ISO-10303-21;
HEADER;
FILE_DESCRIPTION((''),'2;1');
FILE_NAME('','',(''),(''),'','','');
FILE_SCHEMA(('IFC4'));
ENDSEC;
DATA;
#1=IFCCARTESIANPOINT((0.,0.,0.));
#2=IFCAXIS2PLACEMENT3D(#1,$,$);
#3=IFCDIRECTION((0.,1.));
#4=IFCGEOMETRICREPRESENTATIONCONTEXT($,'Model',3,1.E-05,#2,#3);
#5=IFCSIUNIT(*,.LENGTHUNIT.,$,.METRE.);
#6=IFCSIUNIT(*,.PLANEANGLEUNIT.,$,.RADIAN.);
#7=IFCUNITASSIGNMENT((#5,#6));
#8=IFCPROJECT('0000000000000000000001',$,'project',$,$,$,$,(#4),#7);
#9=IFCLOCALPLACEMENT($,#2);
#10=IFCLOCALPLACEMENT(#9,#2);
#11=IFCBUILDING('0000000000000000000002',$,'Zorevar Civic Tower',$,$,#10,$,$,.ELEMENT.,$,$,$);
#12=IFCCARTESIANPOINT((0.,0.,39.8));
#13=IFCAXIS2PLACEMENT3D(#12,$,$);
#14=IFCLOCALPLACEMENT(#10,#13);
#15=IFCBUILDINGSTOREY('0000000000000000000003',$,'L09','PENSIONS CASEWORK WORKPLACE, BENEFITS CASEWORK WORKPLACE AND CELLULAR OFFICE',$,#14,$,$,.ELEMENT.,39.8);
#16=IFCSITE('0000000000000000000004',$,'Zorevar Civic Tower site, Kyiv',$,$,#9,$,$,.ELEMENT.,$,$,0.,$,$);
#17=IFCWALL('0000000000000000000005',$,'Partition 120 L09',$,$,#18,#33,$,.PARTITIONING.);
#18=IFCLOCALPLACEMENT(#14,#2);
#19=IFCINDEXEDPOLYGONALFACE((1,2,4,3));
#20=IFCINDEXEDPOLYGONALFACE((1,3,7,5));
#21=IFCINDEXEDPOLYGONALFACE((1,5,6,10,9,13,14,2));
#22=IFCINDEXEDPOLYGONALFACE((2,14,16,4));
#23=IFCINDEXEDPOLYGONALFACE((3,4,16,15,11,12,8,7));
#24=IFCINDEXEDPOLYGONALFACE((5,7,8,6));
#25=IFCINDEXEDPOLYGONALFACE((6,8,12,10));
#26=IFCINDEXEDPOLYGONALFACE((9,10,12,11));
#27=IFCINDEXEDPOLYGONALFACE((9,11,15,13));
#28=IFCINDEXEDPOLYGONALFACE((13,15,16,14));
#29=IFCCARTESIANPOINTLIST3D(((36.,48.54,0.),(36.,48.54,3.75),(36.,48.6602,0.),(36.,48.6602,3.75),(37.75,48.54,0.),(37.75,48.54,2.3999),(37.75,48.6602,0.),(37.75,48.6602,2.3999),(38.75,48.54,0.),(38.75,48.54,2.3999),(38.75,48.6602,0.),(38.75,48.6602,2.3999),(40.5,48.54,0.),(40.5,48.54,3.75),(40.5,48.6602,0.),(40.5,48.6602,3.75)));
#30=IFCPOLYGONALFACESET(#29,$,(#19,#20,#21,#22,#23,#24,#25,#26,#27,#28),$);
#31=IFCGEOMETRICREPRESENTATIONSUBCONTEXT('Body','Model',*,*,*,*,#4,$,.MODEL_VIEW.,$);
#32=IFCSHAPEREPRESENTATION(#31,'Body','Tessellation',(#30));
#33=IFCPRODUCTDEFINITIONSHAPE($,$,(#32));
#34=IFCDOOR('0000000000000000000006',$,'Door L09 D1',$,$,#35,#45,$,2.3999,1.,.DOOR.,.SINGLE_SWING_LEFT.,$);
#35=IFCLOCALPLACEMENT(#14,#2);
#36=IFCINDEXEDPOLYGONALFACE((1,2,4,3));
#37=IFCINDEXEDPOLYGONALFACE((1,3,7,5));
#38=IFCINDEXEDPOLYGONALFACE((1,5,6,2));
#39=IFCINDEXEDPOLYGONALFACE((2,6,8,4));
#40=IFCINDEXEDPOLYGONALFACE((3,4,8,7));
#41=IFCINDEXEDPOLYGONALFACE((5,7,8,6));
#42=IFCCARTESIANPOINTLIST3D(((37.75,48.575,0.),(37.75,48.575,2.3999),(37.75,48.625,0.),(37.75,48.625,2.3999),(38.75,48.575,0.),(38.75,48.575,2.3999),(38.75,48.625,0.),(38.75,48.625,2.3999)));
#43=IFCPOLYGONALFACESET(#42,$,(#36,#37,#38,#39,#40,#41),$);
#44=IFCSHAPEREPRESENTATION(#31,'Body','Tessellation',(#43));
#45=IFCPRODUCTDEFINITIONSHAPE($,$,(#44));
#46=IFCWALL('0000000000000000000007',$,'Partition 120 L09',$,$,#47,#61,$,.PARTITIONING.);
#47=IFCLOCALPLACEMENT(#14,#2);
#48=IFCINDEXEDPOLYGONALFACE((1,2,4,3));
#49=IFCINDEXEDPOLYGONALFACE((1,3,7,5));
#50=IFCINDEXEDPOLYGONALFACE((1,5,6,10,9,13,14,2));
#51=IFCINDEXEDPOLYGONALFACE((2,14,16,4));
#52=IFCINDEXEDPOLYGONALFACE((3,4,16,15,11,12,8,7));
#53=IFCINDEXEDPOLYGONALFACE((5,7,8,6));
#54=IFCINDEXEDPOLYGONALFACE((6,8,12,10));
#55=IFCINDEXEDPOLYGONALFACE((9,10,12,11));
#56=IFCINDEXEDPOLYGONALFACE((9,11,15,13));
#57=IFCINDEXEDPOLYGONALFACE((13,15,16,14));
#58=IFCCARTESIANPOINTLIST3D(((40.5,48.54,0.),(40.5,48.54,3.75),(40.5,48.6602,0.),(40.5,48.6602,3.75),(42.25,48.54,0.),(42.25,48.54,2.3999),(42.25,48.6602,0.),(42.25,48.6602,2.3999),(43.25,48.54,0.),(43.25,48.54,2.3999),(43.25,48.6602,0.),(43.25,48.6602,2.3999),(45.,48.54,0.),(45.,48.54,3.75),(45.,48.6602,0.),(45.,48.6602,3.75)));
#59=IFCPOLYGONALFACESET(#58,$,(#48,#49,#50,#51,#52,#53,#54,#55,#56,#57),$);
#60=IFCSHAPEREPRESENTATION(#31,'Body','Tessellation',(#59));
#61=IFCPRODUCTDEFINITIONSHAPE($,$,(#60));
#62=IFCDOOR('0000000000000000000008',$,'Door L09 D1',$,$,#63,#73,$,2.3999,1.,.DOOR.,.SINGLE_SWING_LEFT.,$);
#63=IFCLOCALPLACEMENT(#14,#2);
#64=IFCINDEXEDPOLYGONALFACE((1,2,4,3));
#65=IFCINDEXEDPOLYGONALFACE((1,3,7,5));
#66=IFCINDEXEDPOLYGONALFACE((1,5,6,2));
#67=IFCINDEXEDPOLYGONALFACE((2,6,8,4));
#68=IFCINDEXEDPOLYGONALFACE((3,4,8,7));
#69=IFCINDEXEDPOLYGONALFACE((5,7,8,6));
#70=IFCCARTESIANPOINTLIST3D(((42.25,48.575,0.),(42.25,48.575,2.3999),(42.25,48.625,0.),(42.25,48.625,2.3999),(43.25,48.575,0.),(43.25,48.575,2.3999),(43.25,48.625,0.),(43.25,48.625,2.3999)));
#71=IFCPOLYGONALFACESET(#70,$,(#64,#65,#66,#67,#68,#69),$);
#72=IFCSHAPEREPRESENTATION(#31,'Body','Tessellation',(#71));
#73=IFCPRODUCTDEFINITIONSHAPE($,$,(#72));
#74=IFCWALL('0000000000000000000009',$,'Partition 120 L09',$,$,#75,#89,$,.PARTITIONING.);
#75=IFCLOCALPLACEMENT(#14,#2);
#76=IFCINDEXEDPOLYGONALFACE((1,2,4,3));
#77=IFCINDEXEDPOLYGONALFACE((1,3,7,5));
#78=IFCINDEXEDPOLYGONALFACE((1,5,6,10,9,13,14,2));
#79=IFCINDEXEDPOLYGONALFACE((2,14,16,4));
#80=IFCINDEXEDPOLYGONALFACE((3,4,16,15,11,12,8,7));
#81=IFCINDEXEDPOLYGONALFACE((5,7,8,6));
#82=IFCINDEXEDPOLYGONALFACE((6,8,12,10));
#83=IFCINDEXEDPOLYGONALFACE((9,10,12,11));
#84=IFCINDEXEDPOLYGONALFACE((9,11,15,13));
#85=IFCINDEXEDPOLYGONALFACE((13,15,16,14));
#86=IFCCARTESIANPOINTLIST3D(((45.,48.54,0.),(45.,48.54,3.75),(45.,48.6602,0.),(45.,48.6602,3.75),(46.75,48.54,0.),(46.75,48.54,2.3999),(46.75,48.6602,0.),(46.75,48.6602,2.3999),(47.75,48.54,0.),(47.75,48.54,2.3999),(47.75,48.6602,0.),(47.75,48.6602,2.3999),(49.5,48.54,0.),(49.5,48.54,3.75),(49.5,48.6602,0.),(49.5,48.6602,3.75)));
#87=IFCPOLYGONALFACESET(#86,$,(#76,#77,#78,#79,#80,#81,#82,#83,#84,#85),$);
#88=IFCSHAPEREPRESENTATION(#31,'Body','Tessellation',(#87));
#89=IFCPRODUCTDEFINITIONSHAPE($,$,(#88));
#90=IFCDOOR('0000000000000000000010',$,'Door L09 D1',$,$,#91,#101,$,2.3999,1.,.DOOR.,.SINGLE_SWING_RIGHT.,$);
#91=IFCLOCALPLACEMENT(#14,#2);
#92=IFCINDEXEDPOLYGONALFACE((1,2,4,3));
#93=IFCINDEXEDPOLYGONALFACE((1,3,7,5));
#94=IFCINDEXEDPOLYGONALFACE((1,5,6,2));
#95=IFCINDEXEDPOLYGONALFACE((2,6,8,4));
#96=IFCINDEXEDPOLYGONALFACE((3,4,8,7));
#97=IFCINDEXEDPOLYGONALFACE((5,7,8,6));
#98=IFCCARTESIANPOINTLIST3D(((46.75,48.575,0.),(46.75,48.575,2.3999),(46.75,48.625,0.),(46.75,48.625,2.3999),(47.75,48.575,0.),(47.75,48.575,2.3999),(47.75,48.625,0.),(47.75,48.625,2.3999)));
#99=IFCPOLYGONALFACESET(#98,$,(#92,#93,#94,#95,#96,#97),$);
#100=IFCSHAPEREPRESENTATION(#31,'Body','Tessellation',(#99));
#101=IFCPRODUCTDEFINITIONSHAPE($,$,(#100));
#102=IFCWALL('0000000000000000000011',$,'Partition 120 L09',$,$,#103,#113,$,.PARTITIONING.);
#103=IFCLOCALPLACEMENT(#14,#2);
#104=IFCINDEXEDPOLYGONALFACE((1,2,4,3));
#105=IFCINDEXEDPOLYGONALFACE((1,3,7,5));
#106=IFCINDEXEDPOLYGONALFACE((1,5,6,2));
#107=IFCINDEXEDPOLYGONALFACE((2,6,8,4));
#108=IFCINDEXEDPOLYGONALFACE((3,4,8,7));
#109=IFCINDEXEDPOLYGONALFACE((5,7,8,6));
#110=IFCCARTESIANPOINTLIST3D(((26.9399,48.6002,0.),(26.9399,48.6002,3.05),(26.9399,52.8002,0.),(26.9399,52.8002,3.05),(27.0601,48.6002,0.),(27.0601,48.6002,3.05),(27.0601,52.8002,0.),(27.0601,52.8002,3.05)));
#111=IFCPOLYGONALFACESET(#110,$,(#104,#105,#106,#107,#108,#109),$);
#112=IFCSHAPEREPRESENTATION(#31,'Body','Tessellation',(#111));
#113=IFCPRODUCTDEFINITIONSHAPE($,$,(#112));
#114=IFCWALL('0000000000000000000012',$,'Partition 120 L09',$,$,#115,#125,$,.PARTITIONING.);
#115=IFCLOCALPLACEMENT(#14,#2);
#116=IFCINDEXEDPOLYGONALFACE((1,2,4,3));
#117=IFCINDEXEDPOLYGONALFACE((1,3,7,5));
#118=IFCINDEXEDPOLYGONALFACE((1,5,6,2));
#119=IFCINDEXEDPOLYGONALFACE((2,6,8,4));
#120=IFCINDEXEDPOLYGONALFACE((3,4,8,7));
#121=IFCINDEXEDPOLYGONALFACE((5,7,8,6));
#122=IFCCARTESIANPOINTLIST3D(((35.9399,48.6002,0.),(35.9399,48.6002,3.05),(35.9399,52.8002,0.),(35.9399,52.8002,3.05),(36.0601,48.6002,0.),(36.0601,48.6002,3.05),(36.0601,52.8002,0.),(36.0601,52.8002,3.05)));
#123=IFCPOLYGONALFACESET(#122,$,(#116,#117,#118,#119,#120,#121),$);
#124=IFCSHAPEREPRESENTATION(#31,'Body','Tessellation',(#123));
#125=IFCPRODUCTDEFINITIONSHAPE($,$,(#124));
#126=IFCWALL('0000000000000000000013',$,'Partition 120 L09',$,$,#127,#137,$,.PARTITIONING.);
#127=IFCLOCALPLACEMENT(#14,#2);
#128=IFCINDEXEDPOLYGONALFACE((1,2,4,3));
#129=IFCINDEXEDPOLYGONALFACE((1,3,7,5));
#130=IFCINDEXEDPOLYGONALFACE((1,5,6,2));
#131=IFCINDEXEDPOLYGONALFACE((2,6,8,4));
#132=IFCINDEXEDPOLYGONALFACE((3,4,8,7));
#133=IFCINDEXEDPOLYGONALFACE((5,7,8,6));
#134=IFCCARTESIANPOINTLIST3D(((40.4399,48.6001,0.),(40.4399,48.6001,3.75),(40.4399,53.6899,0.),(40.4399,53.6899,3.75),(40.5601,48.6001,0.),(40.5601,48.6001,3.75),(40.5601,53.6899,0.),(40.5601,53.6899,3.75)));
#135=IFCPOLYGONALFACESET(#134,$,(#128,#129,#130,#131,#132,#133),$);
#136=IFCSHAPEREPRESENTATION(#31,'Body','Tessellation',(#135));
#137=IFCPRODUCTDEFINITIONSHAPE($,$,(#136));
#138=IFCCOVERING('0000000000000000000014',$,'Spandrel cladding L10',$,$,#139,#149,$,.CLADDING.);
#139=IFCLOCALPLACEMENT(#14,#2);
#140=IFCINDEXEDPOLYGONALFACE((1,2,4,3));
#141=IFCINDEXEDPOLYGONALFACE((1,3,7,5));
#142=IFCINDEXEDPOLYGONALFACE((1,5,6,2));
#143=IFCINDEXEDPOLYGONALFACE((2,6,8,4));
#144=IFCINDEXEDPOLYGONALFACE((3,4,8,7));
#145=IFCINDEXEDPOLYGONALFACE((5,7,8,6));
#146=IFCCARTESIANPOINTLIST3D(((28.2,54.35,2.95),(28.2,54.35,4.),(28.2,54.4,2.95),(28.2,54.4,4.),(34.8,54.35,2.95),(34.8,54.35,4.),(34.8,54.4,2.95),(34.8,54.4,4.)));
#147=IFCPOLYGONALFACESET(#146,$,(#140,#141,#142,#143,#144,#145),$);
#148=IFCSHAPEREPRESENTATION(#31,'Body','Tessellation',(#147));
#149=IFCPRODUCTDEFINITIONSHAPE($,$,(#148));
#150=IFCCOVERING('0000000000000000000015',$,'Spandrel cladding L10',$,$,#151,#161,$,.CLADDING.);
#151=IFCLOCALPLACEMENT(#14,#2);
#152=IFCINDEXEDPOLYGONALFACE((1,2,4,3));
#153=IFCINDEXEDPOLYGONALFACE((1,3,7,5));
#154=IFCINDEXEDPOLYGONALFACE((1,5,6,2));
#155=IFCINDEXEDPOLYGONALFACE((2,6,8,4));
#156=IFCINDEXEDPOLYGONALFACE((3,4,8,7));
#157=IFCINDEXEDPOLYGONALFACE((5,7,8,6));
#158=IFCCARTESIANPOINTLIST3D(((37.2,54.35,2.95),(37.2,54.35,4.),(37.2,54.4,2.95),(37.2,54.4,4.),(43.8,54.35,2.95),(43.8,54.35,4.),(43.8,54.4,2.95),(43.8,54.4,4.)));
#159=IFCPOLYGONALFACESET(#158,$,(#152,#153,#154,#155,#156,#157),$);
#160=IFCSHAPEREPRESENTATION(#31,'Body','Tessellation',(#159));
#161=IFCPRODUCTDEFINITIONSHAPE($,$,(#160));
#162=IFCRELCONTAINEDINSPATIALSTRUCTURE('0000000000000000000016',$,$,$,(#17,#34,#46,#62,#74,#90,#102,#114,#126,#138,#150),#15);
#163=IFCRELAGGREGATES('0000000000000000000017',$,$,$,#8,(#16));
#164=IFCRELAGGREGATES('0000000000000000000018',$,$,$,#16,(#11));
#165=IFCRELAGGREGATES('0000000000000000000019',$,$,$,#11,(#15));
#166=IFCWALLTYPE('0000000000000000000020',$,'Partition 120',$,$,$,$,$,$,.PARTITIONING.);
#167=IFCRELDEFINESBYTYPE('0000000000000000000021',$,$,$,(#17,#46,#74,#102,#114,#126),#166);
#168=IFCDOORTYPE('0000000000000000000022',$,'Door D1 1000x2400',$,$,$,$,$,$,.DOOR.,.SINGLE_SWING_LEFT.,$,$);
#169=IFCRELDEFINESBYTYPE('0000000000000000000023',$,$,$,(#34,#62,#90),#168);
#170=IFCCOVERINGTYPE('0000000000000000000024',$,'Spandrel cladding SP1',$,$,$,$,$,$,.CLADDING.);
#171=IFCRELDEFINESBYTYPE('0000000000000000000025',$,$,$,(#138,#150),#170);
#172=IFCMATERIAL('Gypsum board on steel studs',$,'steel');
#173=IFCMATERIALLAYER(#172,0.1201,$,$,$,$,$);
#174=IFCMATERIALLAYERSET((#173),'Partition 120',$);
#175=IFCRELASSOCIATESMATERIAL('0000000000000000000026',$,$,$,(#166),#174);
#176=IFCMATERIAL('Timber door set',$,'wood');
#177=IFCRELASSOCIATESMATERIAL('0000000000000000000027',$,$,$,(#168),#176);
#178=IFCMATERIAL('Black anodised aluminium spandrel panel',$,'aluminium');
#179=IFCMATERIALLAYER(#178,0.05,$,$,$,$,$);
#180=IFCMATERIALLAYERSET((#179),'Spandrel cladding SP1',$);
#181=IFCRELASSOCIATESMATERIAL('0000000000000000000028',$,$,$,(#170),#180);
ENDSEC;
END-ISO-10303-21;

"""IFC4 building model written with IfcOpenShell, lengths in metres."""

from ifc_helpers import new_model, si_unit, direction, frame, frame_2d, origin, place, context, subcontext, project, spatial, rectangle, extrude, material, layer, layer_set, type_object, element, fill, save


model = new_model("IFC4")

# Units and contexts
model_context = context("Model", 3, precision=1e-05, world=origin(), true_north=direction((0.0, 1.0)))
body_context = subcontext(model_context, "Body", "Model", "MODEL_VIEW")
ifc_project = project(units=[si_unit("LENGTHUNIT", "METRE"), si_unit("PLANEANGLEUNIT", "RADIAN")], contexts=[model_context])

# Site, building, storey
site_placement = place(None, origin())
site = spatial("IfcSite", under=ifc_project, at=site_placement, Name="Zorevar Civic Tower site, Kyiv", CompositionType="ELEMENT", RefElevation=0.0)
building_placement = place(site_placement, origin())
building = spatial("IfcBuilding", under=site, at=building_placement, Name="Zorevar Civic Tower", CompositionType="ELEMENT")
storey_placement = place(building_placement, frame((0.0, 0.0, 39.8)))
storey = spatial("IfcBuildingStorey", under=building, at=storey_placement, Name="L09", Description="PENSIONS CASEWORK WORKPLACE, BENEFITS CASEWORK WORKPLACE AND CELLULAR OFFICE", CompositionType="ELEMENT", Elevation=39.8)

# Walls, openings, doors
ifc_material_1 = material(Name="Gypsum board on steel studs", Category="steel")
ifc_layer_1 = layer(ifc_material_1, 0.1201)
ifc_layer_set_1 = layer_set([ifc_layer_1], Name="Partition 120")
wall_type = type_object("IfcWallType", Name="Partition 120", PredefinedType="PARTITIONING", material=ifc_layer_set_1)
ifc_material_2 = material(Name="Timber door set", Category="wood")
door_type = type_object("IfcDoorType", Name="Door D1 1000x2400", OperationType="SINGLE_SWING_LEFT", PredefinedType="DOOR", material=ifc_material_2)
wall_1_placement = place(storey_placement, frame((36.0, 48.6001, 0.0), z_axis=(0.0, 0.0, 1.0), x_axis=(1.0, 0.0, 0.0)))
wall_1 = element("IfcWall", 1, at=wall_1_placement, inside=storey, type_object=wall_type, Name="Partition 120 L09", PredefinedType="PARTITIONING", context=body_context, shape_type="SweptSolid", body=[
    extrude(rectangle(XDim=4.5, YDim=0.1201, at=frame_2d((2.25, 0.0))), origin(), (0.0, 0.0, 1.0), 3.75),
])
opening_1_placement = place(wall_1_placement, frame((1.75, 0.0, 0.0)))
opening_1 = element("IfcOpeningElement", 2, at=opening_1_placement, cuts=wall_1, PredefinedType="OPENING", context=body_context, shape_type="SweptSolid", body=[
    extrude(rectangle(XDim=1.0, YDim=2.3999, at=frame_2d((0.5, 1.2))), frame((0.0, 0.0701, 0.0), z_axis=(0.0, -1.0, 0.0), x_axis=(1.0, 0.0, 0.0)), (0.0, 0.0, 1.0), 0.1401),
])
door_1_placement = place(opening_1_placement, origin())
door_1 = element("IfcDoor", 3, at=door_1_placement, inside=storey, type_object=door_type, Name="Door L09 D1", OperationType="SINGLE_SWING_LEFT", OverallHeight=2.3999, OverallWidth=1.0, PredefinedType="DOOR", context=body_context, shape_type="SweptSolid", body=[
    extrude(rectangle(XDim=1.0, YDim=2.3999, at=frame_2d((0.5, 1.2))), frame((0.0, 0.0249, 0.0), z_axis=(0.0, -1.0, 0.0), x_axis=(1.0, 0.0, 0.0)), (0.0, 0.0, 1.0), 0.05),
])
fill(opening_1, door_1)
wall_2_placement = place(storey_placement, frame((40.5, 48.6001, 0.0), z_axis=(0.0, 0.0, 1.0), x_axis=(1.0, 0.0, 0.0)))
wall_2 = element("IfcWall", 4, at=wall_2_placement, inside=storey, type_object=wall_type, Name="Partition 120 L09", PredefinedType="PARTITIONING", context=body_context, shape_type="SweptSolid", body=[
    extrude(rectangle(XDim=4.5, YDim=0.1201, at=frame_2d((2.25, 0.0))), origin(), (0.0, 0.0, 1.0), 3.75),
])
opening_2_placement = place(wall_2_placement, frame((1.75, 0.0, 0.0)))
opening_2 = element("IfcOpeningElement", 5, at=opening_2_placement, cuts=wall_2, PredefinedType="OPENING", context=body_context, shape_type="SweptSolid", body=[
    extrude(rectangle(XDim=1.0, YDim=2.3999, at=frame_2d((0.5, 1.2))), frame((0.0, 0.0701, 0.0), z_axis=(0.0, -1.0, 0.0), x_axis=(1.0, 0.0, 0.0)), (0.0, 0.0, 1.0), 0.1401),
])
door_2_placement = place(opening_2_placement, origin())
door_2 = element("IfcDoor", 6, at=door_2_placement, inside=storey, type_object=door_type, Name="Door L09 D1", OperationType="SINGLE_SWING_LEFT", OverallHeight=2.3999, OverallWidth=1.0, PredefinedType="DOOR", context=body_context, shape_type="SweptSolid", body=[
    extrude(rectangle(XDim=1.0, YDim=2.3999, at=frame_2d((0.5, 1.2))), frame((0.0, 0.0249, 0.0), z_axis=(0.0, -1.0, 0.0), x_axis=(1.0, 0.0, 0.0)), (0.0, 0.0, 1.0), 0.05),
])
fill(opening_2, door_2)
wall_3_placement = place(storey_placement, frame((45.0, 48.6001, 0.0), z_axis=(0.0, 0.0, 1.0), x_axis=(1.0, 0.0, 0.0)))
wall_3 = element("IfcWall", 7, at=wall_3_placement, inside=storey, type_object=wall_type, Name="Partition 120 L09", PredefinedType="PARTITIONING", context=body_context, shape_type="SweptSolid", body=[
    extrude(rectangle(XDim=4.5, YDim=0.1201, at=frame_2d((2.25, 0.0))), origin(), (0.0, 0.0, 1.0), 3.75),
])
opening_3_placement = place(wall_3_placement, frame((1.75, 0.0, 0.0)))
opening_3 = element("IfcOpeningElement", 8, at=opening_3_placement, cuts=wall_3, PredefinedType="OPENING", context=body_context, shape_type="SweptSolid", body=[
    extrude(rectangle(XDim=1.0, YDim=2.3999, at=frame_2d((0.5, 1.2))), frame((0.0, 0.0701, 0.0), z_axis=(0.0, -1.0, 0.0), x_axis=(1.0, 0.0, 0.0)), (0.0, 0.0, 1.0), 0.1401),
])
door_3_placement = place(opening_3_placement, origin())
door_3 = element("IfcDoor", 9, at=door_3_placement, inside=storey, type_object=door_type, Name="Door L09 D1", OperationType="SINGLE_SWING_RIGHT", OverallHeight=2.3999, OverallWidth=1.0, PredefinedType="DOOR", context=body_context, shape_type="SweptSolid", body=[
    extrude(rectangle(XDim=1.0, YDim=2.3999, at=frame_2d((0.5, 1.2))), frame((0.0, 0.0249, 0.0), z_axis=(0.0, -1.0, 0.0), x_axis=(1.0, 0.0, 0.0)), (0.0, 0.0, 1.0), 0.05),
])
fill(opening_3, door_3)

# Walls
for number, where, z_axis, x_axis, name in (
    (10, (27.0, 48.6001, 0.0), (0.0, 0.0, 1.0), (0.0, 1.0, 0.0), "Partition 120 L09"),
    (11, (36.0, 48.6001, 0.0), (0.0, 0.0, 1.0), (0.0, 1.0, 0.0), "Partition 120 L09"),
):
    element("IfcWall", number, at=place(storey_placement, frame(where, z_axis=z_axis, x_axis=x_axis)), inside=storey, type_object=wall_type, Name=name, PredefinedType="PARTITIONING", context=body_context, shape_type="SweptSolid", body=[
        extrude(rectangle(XDim=4.2, YDim=0.1201, at=frame_2d((2.1001, 0.0))), origin(), (0.0, 0.0, 1.0), 3.05),
    ])
wall_4_placement = place(storey_placement, frame((40.5, 48.6001, 0.0), z_axis=(0.0, 0.0, 1.0), x_axis=(0.0, 1.0, 0.0)))
element("IfcWall", 12, at=wall_4_placement, inside=storey, type_object=wall_type, Name="Partition 120 L09", PredefinedType="PARTITIONING", context=body_context, shape_type="SweptSolid", body=[
    extrude(rectangle(XDim=5.0898, YDim=0.1201, at=frame_2d((2.5449, 0.0))), origin(), (0.0, 0.0, 1.0), 3.75),
])

# Coverings
ifc_material_3 = material(Name="Black anodised aluminium spandrel panel", Category="aluminium")
ifc_layer_2 = layer(ifc_material_3, 0.05)
ifc_layer_set_2 = layer_set([ifc_layer_2], Name="Spandrel cladding SP1")
covering_type = type_object("IfcCoveringType", Name="Spandrel cladding SP1", PredefinedType="CLADDING", material=ifc_layer_set_2)
for number, where, z_axis, x_axis, name in (
    (13, (28.2, 54.375, 2.95), (0.0, 0.0, 1.0), (1.0, 0.0, 0.0), "Spandrel cladding L10"),
    (14, (37.2, 54.375, 2.95), (0.0, 0.0, 1.0), (1.0, 0.0, 0.0), "Spandrel cladding L10"),
):
    element("IfcCovering", number, at=place(storey_placement, frame(where, z_axis=z_axis, x_axis=x_axis)), inside=storey, type_object=covering_type, Name=name, PredefinedType="CLADDING", context=body_context, shape_type="SweptSolid", body=[
        extrude(rectangle(XDim=6.6001, YDim=0.05, at=frame_2d((3.3, 0.0))), origin(), (0.0, 0.0, 1.0), 1.05),
    ])

save(model, "model.ifc")
